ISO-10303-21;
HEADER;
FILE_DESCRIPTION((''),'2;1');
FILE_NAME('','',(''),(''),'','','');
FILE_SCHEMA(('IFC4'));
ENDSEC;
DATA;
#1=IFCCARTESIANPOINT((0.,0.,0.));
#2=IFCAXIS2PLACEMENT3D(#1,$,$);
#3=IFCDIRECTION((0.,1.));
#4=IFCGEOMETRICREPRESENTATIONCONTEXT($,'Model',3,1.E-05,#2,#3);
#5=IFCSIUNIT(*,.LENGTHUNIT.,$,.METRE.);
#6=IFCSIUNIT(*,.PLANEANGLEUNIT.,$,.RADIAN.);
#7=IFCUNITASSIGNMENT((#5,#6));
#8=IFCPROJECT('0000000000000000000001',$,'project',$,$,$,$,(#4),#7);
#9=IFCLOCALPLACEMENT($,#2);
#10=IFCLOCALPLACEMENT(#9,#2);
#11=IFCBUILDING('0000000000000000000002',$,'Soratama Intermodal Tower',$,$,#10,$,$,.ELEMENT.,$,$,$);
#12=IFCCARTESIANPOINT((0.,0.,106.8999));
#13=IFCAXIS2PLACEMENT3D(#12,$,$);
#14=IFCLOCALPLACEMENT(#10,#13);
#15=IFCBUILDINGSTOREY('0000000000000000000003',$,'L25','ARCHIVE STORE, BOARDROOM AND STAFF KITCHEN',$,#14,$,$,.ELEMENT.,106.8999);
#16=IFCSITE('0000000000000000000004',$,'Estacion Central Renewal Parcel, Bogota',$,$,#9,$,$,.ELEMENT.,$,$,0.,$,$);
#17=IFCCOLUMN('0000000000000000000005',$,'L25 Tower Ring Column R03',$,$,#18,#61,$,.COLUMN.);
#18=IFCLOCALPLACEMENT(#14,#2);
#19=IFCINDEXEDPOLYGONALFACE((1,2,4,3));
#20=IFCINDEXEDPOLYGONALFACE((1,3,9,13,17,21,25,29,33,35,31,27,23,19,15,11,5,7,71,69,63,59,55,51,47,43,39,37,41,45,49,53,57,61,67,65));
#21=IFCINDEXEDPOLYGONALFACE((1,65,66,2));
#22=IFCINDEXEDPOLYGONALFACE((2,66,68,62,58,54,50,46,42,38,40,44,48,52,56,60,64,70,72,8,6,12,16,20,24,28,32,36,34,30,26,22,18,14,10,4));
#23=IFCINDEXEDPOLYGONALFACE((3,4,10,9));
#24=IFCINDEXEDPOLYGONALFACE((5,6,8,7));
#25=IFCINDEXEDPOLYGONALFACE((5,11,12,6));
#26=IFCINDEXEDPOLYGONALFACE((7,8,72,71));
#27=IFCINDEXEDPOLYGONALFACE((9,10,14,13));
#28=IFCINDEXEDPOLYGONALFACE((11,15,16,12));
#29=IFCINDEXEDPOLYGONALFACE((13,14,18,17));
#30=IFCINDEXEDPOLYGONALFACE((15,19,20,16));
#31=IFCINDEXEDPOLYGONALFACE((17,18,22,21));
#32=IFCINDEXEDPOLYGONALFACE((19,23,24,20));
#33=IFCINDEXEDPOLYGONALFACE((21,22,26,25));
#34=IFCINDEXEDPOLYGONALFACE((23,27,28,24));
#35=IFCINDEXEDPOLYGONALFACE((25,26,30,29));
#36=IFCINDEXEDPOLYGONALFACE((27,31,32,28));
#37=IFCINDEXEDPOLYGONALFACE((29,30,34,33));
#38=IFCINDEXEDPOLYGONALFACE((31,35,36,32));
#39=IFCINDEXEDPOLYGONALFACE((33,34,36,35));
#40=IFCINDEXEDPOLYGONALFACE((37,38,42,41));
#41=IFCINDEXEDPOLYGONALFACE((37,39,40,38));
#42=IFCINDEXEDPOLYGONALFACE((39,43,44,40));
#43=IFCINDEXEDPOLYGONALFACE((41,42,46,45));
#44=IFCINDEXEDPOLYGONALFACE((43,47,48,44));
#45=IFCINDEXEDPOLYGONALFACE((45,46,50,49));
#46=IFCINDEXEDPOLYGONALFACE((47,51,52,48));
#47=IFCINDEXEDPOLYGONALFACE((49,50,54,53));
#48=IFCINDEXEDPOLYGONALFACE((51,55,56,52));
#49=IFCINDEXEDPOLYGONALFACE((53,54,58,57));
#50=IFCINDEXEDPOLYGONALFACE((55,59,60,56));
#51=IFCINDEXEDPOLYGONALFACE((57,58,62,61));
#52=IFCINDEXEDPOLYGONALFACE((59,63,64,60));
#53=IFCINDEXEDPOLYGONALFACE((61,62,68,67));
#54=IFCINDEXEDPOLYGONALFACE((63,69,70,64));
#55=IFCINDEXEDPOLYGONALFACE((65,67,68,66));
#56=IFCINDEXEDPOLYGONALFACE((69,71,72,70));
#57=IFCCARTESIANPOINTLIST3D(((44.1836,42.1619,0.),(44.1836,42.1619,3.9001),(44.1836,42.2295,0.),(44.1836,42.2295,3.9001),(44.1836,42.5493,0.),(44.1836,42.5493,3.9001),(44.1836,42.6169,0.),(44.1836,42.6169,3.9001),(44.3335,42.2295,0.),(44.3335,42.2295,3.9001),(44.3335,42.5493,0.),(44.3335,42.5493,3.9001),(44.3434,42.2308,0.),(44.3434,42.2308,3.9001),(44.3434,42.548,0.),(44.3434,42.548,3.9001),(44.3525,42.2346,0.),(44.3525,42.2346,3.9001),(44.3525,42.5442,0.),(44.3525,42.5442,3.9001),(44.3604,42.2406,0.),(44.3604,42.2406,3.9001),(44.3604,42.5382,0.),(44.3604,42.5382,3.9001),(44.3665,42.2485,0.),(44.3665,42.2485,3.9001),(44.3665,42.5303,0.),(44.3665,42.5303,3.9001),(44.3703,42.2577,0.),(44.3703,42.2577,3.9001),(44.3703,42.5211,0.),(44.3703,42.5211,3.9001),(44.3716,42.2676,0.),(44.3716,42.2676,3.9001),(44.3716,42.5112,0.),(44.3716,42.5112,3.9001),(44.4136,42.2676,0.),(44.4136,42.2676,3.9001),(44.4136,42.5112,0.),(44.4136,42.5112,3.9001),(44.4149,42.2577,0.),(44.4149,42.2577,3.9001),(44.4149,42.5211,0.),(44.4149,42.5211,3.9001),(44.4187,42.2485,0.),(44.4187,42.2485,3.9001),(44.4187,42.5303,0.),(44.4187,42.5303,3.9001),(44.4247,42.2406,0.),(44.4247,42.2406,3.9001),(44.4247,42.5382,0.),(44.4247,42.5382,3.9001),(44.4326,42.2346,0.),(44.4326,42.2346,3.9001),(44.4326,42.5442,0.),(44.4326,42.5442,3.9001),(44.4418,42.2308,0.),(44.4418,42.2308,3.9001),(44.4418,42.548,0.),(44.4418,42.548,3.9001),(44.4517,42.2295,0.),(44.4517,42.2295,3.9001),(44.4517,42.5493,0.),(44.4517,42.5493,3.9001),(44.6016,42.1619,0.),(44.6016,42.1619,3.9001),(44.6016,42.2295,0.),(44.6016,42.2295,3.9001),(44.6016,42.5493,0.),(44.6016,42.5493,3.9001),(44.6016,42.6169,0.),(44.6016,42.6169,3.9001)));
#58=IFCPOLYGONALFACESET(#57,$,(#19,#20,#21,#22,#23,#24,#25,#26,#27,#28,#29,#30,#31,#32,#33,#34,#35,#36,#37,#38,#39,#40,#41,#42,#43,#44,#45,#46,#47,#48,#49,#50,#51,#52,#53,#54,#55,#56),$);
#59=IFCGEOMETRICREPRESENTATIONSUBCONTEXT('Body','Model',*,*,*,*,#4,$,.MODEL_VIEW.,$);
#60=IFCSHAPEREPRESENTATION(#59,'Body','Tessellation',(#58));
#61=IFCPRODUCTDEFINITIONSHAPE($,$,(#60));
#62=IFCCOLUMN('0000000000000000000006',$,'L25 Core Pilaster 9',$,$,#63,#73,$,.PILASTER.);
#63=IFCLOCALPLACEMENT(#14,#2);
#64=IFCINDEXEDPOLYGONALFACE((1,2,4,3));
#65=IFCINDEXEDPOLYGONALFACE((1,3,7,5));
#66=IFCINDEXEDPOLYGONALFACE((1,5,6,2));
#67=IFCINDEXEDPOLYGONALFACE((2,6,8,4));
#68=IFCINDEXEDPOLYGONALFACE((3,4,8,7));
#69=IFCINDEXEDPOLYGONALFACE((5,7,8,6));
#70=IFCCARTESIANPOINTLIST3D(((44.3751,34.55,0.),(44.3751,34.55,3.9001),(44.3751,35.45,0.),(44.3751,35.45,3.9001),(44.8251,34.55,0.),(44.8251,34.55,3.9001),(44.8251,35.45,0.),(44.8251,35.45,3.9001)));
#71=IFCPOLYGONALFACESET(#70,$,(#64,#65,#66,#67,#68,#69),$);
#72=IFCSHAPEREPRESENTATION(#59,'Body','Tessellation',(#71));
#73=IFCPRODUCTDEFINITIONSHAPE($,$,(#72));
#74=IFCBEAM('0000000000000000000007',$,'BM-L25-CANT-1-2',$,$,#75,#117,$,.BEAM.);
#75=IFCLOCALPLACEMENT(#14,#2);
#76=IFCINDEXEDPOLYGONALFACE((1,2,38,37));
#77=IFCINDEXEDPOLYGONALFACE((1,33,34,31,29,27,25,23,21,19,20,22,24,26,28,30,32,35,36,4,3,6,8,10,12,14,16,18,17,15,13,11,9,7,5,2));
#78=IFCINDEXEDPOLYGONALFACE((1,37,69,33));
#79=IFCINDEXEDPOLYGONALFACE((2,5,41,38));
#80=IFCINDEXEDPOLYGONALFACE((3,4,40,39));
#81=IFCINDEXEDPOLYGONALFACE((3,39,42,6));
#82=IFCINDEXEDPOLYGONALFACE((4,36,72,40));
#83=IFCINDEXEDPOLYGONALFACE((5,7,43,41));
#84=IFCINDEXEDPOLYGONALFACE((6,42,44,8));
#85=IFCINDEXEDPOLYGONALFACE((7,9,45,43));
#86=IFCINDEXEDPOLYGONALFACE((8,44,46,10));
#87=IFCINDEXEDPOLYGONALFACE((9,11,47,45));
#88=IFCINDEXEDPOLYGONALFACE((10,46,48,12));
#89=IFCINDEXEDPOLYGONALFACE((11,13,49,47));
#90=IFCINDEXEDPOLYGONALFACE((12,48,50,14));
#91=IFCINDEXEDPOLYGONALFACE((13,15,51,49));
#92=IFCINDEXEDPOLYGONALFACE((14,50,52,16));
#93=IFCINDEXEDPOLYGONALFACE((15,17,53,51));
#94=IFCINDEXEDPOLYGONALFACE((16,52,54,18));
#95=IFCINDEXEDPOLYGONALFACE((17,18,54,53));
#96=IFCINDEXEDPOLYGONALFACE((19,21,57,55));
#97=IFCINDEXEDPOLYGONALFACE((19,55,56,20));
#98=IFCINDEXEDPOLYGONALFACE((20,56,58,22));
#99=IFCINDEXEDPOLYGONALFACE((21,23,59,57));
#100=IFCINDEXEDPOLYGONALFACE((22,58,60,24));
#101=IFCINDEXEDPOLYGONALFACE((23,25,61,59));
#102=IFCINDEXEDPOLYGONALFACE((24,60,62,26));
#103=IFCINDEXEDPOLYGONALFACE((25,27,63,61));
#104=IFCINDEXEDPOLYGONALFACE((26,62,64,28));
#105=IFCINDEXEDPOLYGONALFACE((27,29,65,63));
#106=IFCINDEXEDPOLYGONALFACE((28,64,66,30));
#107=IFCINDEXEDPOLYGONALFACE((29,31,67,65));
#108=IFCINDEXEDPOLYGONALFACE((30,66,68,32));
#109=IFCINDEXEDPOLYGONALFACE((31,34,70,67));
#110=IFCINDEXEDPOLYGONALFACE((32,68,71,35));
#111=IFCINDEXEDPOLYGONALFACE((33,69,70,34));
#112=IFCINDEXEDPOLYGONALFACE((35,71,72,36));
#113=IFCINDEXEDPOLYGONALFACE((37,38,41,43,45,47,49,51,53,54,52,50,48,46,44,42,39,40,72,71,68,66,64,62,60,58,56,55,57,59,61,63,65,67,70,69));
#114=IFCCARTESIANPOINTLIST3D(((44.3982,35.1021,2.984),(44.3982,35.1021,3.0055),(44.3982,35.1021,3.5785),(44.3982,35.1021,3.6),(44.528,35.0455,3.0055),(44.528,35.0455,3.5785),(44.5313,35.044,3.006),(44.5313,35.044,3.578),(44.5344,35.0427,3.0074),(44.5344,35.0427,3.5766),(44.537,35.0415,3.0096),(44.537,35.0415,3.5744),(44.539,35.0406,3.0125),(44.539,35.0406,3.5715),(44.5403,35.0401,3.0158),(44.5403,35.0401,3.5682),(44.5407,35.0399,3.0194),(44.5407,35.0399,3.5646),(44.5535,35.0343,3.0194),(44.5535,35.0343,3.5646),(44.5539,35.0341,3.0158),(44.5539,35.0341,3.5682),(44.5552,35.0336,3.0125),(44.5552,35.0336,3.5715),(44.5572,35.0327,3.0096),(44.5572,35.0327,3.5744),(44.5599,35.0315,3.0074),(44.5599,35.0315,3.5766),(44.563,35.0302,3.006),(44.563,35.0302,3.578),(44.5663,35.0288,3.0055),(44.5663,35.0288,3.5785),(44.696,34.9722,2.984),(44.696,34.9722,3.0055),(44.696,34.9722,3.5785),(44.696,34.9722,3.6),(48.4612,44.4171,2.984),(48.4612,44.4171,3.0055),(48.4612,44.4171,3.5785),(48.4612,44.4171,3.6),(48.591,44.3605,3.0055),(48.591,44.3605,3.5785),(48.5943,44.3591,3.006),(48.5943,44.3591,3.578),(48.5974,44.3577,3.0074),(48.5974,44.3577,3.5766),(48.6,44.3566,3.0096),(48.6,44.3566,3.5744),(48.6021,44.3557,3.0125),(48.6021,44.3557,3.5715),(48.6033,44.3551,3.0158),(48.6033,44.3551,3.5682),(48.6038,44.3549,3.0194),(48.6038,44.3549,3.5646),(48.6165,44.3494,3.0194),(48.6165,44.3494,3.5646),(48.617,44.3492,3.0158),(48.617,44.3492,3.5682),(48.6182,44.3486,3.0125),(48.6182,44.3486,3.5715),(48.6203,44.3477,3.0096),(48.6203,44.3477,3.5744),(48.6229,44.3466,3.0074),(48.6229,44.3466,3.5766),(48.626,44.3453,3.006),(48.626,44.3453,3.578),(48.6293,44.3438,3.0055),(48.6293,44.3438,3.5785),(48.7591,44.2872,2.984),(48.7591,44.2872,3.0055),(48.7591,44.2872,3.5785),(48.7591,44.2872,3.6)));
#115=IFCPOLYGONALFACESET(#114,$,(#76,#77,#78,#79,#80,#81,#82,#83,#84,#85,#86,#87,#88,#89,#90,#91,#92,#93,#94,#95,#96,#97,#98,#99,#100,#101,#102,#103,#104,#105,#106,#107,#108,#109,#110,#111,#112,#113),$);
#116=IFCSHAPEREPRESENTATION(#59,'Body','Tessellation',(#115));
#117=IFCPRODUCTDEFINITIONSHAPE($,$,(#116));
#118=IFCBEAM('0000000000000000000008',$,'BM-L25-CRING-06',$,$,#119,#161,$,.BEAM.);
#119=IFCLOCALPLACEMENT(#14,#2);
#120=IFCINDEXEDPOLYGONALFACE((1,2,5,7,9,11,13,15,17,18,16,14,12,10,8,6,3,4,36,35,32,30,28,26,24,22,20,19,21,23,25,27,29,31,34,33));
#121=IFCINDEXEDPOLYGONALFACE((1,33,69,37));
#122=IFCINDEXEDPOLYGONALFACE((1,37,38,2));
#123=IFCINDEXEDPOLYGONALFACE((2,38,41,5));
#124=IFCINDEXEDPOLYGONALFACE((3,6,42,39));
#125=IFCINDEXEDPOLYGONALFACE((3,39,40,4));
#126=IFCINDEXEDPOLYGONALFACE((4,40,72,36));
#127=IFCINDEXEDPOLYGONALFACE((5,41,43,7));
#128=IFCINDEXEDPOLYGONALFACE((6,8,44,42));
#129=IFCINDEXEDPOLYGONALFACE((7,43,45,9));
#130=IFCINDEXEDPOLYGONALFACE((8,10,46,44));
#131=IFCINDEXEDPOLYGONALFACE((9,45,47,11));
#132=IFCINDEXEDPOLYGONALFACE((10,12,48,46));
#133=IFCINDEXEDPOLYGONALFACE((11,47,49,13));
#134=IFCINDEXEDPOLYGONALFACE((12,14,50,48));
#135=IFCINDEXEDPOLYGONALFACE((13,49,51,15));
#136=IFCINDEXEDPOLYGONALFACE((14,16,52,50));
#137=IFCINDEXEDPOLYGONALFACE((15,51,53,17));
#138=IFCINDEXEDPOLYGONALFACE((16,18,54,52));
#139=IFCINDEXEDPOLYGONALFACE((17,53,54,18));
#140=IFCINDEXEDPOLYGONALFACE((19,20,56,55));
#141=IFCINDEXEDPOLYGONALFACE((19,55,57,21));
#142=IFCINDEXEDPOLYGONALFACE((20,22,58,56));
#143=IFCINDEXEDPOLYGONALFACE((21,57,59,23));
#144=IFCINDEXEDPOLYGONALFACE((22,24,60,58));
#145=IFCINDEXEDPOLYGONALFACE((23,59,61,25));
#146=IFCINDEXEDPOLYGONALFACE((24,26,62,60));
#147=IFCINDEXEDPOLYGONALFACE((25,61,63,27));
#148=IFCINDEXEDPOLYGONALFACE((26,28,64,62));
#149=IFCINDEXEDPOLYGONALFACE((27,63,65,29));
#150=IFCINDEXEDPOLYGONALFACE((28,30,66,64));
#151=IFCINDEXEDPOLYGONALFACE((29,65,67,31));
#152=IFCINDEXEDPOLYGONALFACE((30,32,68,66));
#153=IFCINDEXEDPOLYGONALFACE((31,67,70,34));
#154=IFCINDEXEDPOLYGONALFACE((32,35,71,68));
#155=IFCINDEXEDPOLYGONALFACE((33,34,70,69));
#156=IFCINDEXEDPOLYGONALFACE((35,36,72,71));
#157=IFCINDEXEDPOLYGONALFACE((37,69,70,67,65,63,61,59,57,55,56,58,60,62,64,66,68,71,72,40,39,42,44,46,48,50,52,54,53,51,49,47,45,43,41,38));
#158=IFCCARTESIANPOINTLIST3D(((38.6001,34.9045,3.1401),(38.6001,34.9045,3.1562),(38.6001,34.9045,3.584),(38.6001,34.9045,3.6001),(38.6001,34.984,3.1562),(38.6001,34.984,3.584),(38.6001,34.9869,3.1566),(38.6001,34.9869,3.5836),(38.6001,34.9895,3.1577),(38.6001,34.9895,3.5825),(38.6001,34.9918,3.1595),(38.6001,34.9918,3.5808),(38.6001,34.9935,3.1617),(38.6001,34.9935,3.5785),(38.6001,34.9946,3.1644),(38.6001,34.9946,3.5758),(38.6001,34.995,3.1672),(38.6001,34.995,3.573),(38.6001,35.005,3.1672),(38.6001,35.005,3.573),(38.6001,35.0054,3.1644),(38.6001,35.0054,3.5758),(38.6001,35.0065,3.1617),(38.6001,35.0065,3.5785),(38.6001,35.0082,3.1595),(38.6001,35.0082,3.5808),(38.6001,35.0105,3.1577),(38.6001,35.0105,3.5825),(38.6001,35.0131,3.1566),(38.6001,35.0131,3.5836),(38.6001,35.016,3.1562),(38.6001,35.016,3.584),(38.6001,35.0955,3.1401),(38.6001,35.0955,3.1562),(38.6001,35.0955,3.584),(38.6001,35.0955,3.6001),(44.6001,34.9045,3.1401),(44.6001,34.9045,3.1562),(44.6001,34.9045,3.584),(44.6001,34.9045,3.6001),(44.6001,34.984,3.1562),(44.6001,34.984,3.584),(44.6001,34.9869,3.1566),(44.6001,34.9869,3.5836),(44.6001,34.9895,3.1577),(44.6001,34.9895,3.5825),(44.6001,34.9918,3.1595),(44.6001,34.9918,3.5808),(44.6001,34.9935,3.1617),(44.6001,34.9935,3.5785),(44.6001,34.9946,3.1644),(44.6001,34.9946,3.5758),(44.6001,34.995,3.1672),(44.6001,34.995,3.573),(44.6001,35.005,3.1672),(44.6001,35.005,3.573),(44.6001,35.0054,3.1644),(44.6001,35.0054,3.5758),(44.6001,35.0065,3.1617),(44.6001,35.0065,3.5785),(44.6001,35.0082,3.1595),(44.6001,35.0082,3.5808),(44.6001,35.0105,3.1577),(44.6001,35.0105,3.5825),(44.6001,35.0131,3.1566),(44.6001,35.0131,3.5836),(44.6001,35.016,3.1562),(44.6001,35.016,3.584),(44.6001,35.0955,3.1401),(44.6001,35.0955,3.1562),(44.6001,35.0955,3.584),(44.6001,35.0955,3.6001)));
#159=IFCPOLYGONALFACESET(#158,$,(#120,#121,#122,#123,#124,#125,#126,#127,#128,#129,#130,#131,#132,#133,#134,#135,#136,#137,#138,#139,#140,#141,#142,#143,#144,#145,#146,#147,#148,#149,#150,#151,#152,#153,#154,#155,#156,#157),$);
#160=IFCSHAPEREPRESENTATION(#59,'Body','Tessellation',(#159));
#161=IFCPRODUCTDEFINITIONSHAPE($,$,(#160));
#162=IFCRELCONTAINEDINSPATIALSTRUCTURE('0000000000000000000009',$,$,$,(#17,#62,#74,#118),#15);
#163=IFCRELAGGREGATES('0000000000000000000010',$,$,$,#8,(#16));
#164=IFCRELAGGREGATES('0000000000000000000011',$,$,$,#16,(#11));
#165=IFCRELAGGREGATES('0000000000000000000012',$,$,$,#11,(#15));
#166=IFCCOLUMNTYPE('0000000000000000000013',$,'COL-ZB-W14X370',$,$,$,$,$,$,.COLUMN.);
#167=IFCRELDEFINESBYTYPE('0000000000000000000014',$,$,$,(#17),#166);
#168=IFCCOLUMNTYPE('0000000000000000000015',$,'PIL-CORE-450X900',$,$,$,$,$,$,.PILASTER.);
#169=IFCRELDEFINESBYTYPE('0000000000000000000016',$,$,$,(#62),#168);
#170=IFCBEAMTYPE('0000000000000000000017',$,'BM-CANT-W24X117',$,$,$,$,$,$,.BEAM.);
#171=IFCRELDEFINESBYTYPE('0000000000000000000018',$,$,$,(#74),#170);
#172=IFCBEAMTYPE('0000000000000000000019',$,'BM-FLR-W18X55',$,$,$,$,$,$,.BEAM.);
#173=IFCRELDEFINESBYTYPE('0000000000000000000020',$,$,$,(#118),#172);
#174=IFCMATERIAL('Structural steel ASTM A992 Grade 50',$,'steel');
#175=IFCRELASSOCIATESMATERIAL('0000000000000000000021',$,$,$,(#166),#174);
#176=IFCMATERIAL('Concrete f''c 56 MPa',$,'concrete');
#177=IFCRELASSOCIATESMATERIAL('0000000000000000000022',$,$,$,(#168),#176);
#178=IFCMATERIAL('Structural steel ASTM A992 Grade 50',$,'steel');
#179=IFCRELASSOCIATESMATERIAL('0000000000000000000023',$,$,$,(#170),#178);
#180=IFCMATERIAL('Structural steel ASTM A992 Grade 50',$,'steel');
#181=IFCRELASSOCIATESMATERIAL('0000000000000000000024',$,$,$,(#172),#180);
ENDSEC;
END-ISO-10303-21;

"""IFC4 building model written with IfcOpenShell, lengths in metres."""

from ifc_helpers import new_model, si_unit, direction, frame, origin, origin_2d, place, context, subcontext, project, spatial, rectangle, i_section, extrude, material, material_profile, profile_set, type_object, element, save


model = new_model("IFC4")

# Units and contexts
model_context = context("Model", 3, precision=1e-05, world=origin(), true_north=direction((0.0, 1.0)))
body_context = subcontext(model_context, "Body", "Model", "MODEL_VIEW")
ifc_project = project(units=[si_unit("LENGTHUNIT", "METRE"), si_unit("PLANEANGLEUNIT", "RADIAN")], contexts=[model_context])

# Site, building, storey
site_placement = place(None, origin())
site = spatial("IfcSite", under=ifc_project, at=site_placement, Name="Estacion Central Renewal Parcel, Bogota", CompositionType="ELEMENT", RefElevation=0.0)
building_placement = place(site_placement, origin())
building = spatial("IfcBuilding", under=site, at=building_placement, Name="Soratama Intermodal Tower", CompositionType="ELEMENT")
storey_placement = place(building_placement, frame((0.0, 0.0, 106.8999)))
storey = spatial("IfcBuildingStorey", under=building, at=storey_placement, Name="L25", Description="ARCHIVE STORE, BOARDROOM AND STAFF KITCHEN", CompositionType="ELEMENT", Elevation=106.8999)

# Columns
ifc_material_1 = material(Name="Structural steel ASTM A992 Grade 50", Category="steel")
ifc_material_profile_1 = material_profile(ifc_material_1, i_section(OverallWidth=0.418, OverallDepth=0.4551, WebThickness=0.042, FlangeThickness=0.0676, FilletRadius=0.0381, at=origin_2d()), Name="W14X370")
ifc_profile_set_1 = profile_set([ifc_material_profile_1], Name="Structural steel ASTM A992 Grade 50")
column_type_1 = type_object("IfcColumnType", Name="COL-ZB-W14X370", PredefinedType="COLUMN", material=ifc_profile_set_1)
column_1_placement = place(storey_placement, frame((44.3926, 42.3894, 0.0), z_axis=(0.0, 0.0, 1.0), x_axis=(1.0, 0.0, 0.0)))
element("IfcColumn", 1, at=column_1_placement, inside=storey, type_object=column_type_1, Name="L25 Tower Ring Column R03", PredefinedType="COLUMN", context=body_context, shape_type="SweptSolid", body=[
    extrude(i_section(OverallWidth=0.418, OverallDepth=0.4551, WebThickness=0.042, FlangeThickness=0.0676, FilletRadius=0.0381, at=origin_2d()), origin(), (0.0, 0.0, 1.0), 3.9001),
])
ifc_material_2 = material(Name="Concrete f'c 56 MPa", Category="concrete")
ifc_material_profile_2 = material_profile(ifc_material_2, rectangle(XDim=0.45, YDim=0.8999, at=origin_2d()), Name="RC450X900")
ifc_profile_set_2 = profile_set([ifc_material_profile_2], Name="Concrete f'c 56 MPa")
column_type_2 = type_object("IfcColumnType", Name="PIL-CORE-450X900", PredefinedType="PILASTER", material=ifc_profile_set_2)
column_2_placement = place(storey_placement, frame((44.6001, 35.0, 0.0), z_axis=(0.0, 0.0, 1.0), x_axis=(1.0, 0.0, 0.0)))
element("IfcColumn", 2, at=column_2_placement, inside=storey, type_object=column_type_2, Name="L25 Core Pilaster 9", PredefinedType="PILASTER", context=body_context, shape_type="SweptSolid", body=[
    extrude(rectangle(XDim=0.45, YDim=0.8999, at=origin_2d()), origin(), (0.0, 0.0, 1.0), 3.9001),
])

# Beams
ifc_material_3 = material(Name="Structural steel ASTM A992 Grade 50", Category="steel")
ifc_material_profile_3 = material_profile(ifc_material_3, i_section(OverallWidth=0.325, OverallDepth=0.616, WebThickness=0.0139, FlangeThickness=0.0215, FilletRadius=0.0139, at=origin_2d()), Name="W24X117")
ifc_profile_set_3 = profile_set([ifc_material_profile_3], Name="Structural steel ASTM A992 Grade 50")
beam_type_1 = type_object("IfcBeamType", Name="BM-CANT-W24X117", PredefinedType="BEAM", material=ifc_profile_set_3)
beam_1_placement = place(storey_placement, frame((44.5471, 35.0371, 3.292), z_axis=(0.399803, 0.916601, 0.0), x_axis=(-0.916601, 0.399803, 0.0)))
element("IfcBeam", 3, at=beam_1_placement, inside=storey, type_object=beam_type_1, Name="BM-L25-CANT-1-2", PredefinedType="BEAM", context=body_context, shape_type="SweptSolid", body=[
    extrude(i_section(OverallWidth=0.325, OverallDepth=0.616, WebThickness=0.0139, FlangeThickness=0.0215, FilletRadius=0.0139, at=origin_2d()), origin(), (0.0, 0.0, 1.0), 10.1626),
])
ifc_material_4 = material(Name="Structural steel ASTM A992 Grade 50", Category="steel")
ifc_material_profile_4 = material_profile(ifc_material_4, i_section(OverallWidth=0.1909, OverallDepth=0.46, WebThickness=0.01, FlangeThickness=0.0161, FilletRadius=0.011, at=origin_2d()), Name="W18X55")
ifc_profile_set_4 = profile_set([ifc_material_profile_4], Name="Structural steel ASTM A992 Grade 50")
beam_type_2 = type_object("IfcBeamType", Name="BM-FLR-W18X55", PredefinedType="BEAM", material=ifc_profile_set_4)
beam_2_placement = place(storey_placement, frame((44.6001, 35.0, 3.3701), z_axis=(-1.0, 0.0, 0.0), x_axis=(0.0, -1.0, 0.0)))
element("IfcBeam", 4, at=beam_2_placement, inside=storey, type_object=beam_type_2, Name="BM-L25-CRING-06", PredefinedType="BEAM", context=body_context, shape_type="SweptSolid", body=[
    extrude(i_section(OverallWidth=0.1909, OverallDepth=0.46, WebThickness=0.01, FlangeThickness=0.0161, FilletRadius=0.011, at=origin_2d()), origin(), (0.0, 0.0, 1.0), 6.0),
])

save(model, "model.ifc")
